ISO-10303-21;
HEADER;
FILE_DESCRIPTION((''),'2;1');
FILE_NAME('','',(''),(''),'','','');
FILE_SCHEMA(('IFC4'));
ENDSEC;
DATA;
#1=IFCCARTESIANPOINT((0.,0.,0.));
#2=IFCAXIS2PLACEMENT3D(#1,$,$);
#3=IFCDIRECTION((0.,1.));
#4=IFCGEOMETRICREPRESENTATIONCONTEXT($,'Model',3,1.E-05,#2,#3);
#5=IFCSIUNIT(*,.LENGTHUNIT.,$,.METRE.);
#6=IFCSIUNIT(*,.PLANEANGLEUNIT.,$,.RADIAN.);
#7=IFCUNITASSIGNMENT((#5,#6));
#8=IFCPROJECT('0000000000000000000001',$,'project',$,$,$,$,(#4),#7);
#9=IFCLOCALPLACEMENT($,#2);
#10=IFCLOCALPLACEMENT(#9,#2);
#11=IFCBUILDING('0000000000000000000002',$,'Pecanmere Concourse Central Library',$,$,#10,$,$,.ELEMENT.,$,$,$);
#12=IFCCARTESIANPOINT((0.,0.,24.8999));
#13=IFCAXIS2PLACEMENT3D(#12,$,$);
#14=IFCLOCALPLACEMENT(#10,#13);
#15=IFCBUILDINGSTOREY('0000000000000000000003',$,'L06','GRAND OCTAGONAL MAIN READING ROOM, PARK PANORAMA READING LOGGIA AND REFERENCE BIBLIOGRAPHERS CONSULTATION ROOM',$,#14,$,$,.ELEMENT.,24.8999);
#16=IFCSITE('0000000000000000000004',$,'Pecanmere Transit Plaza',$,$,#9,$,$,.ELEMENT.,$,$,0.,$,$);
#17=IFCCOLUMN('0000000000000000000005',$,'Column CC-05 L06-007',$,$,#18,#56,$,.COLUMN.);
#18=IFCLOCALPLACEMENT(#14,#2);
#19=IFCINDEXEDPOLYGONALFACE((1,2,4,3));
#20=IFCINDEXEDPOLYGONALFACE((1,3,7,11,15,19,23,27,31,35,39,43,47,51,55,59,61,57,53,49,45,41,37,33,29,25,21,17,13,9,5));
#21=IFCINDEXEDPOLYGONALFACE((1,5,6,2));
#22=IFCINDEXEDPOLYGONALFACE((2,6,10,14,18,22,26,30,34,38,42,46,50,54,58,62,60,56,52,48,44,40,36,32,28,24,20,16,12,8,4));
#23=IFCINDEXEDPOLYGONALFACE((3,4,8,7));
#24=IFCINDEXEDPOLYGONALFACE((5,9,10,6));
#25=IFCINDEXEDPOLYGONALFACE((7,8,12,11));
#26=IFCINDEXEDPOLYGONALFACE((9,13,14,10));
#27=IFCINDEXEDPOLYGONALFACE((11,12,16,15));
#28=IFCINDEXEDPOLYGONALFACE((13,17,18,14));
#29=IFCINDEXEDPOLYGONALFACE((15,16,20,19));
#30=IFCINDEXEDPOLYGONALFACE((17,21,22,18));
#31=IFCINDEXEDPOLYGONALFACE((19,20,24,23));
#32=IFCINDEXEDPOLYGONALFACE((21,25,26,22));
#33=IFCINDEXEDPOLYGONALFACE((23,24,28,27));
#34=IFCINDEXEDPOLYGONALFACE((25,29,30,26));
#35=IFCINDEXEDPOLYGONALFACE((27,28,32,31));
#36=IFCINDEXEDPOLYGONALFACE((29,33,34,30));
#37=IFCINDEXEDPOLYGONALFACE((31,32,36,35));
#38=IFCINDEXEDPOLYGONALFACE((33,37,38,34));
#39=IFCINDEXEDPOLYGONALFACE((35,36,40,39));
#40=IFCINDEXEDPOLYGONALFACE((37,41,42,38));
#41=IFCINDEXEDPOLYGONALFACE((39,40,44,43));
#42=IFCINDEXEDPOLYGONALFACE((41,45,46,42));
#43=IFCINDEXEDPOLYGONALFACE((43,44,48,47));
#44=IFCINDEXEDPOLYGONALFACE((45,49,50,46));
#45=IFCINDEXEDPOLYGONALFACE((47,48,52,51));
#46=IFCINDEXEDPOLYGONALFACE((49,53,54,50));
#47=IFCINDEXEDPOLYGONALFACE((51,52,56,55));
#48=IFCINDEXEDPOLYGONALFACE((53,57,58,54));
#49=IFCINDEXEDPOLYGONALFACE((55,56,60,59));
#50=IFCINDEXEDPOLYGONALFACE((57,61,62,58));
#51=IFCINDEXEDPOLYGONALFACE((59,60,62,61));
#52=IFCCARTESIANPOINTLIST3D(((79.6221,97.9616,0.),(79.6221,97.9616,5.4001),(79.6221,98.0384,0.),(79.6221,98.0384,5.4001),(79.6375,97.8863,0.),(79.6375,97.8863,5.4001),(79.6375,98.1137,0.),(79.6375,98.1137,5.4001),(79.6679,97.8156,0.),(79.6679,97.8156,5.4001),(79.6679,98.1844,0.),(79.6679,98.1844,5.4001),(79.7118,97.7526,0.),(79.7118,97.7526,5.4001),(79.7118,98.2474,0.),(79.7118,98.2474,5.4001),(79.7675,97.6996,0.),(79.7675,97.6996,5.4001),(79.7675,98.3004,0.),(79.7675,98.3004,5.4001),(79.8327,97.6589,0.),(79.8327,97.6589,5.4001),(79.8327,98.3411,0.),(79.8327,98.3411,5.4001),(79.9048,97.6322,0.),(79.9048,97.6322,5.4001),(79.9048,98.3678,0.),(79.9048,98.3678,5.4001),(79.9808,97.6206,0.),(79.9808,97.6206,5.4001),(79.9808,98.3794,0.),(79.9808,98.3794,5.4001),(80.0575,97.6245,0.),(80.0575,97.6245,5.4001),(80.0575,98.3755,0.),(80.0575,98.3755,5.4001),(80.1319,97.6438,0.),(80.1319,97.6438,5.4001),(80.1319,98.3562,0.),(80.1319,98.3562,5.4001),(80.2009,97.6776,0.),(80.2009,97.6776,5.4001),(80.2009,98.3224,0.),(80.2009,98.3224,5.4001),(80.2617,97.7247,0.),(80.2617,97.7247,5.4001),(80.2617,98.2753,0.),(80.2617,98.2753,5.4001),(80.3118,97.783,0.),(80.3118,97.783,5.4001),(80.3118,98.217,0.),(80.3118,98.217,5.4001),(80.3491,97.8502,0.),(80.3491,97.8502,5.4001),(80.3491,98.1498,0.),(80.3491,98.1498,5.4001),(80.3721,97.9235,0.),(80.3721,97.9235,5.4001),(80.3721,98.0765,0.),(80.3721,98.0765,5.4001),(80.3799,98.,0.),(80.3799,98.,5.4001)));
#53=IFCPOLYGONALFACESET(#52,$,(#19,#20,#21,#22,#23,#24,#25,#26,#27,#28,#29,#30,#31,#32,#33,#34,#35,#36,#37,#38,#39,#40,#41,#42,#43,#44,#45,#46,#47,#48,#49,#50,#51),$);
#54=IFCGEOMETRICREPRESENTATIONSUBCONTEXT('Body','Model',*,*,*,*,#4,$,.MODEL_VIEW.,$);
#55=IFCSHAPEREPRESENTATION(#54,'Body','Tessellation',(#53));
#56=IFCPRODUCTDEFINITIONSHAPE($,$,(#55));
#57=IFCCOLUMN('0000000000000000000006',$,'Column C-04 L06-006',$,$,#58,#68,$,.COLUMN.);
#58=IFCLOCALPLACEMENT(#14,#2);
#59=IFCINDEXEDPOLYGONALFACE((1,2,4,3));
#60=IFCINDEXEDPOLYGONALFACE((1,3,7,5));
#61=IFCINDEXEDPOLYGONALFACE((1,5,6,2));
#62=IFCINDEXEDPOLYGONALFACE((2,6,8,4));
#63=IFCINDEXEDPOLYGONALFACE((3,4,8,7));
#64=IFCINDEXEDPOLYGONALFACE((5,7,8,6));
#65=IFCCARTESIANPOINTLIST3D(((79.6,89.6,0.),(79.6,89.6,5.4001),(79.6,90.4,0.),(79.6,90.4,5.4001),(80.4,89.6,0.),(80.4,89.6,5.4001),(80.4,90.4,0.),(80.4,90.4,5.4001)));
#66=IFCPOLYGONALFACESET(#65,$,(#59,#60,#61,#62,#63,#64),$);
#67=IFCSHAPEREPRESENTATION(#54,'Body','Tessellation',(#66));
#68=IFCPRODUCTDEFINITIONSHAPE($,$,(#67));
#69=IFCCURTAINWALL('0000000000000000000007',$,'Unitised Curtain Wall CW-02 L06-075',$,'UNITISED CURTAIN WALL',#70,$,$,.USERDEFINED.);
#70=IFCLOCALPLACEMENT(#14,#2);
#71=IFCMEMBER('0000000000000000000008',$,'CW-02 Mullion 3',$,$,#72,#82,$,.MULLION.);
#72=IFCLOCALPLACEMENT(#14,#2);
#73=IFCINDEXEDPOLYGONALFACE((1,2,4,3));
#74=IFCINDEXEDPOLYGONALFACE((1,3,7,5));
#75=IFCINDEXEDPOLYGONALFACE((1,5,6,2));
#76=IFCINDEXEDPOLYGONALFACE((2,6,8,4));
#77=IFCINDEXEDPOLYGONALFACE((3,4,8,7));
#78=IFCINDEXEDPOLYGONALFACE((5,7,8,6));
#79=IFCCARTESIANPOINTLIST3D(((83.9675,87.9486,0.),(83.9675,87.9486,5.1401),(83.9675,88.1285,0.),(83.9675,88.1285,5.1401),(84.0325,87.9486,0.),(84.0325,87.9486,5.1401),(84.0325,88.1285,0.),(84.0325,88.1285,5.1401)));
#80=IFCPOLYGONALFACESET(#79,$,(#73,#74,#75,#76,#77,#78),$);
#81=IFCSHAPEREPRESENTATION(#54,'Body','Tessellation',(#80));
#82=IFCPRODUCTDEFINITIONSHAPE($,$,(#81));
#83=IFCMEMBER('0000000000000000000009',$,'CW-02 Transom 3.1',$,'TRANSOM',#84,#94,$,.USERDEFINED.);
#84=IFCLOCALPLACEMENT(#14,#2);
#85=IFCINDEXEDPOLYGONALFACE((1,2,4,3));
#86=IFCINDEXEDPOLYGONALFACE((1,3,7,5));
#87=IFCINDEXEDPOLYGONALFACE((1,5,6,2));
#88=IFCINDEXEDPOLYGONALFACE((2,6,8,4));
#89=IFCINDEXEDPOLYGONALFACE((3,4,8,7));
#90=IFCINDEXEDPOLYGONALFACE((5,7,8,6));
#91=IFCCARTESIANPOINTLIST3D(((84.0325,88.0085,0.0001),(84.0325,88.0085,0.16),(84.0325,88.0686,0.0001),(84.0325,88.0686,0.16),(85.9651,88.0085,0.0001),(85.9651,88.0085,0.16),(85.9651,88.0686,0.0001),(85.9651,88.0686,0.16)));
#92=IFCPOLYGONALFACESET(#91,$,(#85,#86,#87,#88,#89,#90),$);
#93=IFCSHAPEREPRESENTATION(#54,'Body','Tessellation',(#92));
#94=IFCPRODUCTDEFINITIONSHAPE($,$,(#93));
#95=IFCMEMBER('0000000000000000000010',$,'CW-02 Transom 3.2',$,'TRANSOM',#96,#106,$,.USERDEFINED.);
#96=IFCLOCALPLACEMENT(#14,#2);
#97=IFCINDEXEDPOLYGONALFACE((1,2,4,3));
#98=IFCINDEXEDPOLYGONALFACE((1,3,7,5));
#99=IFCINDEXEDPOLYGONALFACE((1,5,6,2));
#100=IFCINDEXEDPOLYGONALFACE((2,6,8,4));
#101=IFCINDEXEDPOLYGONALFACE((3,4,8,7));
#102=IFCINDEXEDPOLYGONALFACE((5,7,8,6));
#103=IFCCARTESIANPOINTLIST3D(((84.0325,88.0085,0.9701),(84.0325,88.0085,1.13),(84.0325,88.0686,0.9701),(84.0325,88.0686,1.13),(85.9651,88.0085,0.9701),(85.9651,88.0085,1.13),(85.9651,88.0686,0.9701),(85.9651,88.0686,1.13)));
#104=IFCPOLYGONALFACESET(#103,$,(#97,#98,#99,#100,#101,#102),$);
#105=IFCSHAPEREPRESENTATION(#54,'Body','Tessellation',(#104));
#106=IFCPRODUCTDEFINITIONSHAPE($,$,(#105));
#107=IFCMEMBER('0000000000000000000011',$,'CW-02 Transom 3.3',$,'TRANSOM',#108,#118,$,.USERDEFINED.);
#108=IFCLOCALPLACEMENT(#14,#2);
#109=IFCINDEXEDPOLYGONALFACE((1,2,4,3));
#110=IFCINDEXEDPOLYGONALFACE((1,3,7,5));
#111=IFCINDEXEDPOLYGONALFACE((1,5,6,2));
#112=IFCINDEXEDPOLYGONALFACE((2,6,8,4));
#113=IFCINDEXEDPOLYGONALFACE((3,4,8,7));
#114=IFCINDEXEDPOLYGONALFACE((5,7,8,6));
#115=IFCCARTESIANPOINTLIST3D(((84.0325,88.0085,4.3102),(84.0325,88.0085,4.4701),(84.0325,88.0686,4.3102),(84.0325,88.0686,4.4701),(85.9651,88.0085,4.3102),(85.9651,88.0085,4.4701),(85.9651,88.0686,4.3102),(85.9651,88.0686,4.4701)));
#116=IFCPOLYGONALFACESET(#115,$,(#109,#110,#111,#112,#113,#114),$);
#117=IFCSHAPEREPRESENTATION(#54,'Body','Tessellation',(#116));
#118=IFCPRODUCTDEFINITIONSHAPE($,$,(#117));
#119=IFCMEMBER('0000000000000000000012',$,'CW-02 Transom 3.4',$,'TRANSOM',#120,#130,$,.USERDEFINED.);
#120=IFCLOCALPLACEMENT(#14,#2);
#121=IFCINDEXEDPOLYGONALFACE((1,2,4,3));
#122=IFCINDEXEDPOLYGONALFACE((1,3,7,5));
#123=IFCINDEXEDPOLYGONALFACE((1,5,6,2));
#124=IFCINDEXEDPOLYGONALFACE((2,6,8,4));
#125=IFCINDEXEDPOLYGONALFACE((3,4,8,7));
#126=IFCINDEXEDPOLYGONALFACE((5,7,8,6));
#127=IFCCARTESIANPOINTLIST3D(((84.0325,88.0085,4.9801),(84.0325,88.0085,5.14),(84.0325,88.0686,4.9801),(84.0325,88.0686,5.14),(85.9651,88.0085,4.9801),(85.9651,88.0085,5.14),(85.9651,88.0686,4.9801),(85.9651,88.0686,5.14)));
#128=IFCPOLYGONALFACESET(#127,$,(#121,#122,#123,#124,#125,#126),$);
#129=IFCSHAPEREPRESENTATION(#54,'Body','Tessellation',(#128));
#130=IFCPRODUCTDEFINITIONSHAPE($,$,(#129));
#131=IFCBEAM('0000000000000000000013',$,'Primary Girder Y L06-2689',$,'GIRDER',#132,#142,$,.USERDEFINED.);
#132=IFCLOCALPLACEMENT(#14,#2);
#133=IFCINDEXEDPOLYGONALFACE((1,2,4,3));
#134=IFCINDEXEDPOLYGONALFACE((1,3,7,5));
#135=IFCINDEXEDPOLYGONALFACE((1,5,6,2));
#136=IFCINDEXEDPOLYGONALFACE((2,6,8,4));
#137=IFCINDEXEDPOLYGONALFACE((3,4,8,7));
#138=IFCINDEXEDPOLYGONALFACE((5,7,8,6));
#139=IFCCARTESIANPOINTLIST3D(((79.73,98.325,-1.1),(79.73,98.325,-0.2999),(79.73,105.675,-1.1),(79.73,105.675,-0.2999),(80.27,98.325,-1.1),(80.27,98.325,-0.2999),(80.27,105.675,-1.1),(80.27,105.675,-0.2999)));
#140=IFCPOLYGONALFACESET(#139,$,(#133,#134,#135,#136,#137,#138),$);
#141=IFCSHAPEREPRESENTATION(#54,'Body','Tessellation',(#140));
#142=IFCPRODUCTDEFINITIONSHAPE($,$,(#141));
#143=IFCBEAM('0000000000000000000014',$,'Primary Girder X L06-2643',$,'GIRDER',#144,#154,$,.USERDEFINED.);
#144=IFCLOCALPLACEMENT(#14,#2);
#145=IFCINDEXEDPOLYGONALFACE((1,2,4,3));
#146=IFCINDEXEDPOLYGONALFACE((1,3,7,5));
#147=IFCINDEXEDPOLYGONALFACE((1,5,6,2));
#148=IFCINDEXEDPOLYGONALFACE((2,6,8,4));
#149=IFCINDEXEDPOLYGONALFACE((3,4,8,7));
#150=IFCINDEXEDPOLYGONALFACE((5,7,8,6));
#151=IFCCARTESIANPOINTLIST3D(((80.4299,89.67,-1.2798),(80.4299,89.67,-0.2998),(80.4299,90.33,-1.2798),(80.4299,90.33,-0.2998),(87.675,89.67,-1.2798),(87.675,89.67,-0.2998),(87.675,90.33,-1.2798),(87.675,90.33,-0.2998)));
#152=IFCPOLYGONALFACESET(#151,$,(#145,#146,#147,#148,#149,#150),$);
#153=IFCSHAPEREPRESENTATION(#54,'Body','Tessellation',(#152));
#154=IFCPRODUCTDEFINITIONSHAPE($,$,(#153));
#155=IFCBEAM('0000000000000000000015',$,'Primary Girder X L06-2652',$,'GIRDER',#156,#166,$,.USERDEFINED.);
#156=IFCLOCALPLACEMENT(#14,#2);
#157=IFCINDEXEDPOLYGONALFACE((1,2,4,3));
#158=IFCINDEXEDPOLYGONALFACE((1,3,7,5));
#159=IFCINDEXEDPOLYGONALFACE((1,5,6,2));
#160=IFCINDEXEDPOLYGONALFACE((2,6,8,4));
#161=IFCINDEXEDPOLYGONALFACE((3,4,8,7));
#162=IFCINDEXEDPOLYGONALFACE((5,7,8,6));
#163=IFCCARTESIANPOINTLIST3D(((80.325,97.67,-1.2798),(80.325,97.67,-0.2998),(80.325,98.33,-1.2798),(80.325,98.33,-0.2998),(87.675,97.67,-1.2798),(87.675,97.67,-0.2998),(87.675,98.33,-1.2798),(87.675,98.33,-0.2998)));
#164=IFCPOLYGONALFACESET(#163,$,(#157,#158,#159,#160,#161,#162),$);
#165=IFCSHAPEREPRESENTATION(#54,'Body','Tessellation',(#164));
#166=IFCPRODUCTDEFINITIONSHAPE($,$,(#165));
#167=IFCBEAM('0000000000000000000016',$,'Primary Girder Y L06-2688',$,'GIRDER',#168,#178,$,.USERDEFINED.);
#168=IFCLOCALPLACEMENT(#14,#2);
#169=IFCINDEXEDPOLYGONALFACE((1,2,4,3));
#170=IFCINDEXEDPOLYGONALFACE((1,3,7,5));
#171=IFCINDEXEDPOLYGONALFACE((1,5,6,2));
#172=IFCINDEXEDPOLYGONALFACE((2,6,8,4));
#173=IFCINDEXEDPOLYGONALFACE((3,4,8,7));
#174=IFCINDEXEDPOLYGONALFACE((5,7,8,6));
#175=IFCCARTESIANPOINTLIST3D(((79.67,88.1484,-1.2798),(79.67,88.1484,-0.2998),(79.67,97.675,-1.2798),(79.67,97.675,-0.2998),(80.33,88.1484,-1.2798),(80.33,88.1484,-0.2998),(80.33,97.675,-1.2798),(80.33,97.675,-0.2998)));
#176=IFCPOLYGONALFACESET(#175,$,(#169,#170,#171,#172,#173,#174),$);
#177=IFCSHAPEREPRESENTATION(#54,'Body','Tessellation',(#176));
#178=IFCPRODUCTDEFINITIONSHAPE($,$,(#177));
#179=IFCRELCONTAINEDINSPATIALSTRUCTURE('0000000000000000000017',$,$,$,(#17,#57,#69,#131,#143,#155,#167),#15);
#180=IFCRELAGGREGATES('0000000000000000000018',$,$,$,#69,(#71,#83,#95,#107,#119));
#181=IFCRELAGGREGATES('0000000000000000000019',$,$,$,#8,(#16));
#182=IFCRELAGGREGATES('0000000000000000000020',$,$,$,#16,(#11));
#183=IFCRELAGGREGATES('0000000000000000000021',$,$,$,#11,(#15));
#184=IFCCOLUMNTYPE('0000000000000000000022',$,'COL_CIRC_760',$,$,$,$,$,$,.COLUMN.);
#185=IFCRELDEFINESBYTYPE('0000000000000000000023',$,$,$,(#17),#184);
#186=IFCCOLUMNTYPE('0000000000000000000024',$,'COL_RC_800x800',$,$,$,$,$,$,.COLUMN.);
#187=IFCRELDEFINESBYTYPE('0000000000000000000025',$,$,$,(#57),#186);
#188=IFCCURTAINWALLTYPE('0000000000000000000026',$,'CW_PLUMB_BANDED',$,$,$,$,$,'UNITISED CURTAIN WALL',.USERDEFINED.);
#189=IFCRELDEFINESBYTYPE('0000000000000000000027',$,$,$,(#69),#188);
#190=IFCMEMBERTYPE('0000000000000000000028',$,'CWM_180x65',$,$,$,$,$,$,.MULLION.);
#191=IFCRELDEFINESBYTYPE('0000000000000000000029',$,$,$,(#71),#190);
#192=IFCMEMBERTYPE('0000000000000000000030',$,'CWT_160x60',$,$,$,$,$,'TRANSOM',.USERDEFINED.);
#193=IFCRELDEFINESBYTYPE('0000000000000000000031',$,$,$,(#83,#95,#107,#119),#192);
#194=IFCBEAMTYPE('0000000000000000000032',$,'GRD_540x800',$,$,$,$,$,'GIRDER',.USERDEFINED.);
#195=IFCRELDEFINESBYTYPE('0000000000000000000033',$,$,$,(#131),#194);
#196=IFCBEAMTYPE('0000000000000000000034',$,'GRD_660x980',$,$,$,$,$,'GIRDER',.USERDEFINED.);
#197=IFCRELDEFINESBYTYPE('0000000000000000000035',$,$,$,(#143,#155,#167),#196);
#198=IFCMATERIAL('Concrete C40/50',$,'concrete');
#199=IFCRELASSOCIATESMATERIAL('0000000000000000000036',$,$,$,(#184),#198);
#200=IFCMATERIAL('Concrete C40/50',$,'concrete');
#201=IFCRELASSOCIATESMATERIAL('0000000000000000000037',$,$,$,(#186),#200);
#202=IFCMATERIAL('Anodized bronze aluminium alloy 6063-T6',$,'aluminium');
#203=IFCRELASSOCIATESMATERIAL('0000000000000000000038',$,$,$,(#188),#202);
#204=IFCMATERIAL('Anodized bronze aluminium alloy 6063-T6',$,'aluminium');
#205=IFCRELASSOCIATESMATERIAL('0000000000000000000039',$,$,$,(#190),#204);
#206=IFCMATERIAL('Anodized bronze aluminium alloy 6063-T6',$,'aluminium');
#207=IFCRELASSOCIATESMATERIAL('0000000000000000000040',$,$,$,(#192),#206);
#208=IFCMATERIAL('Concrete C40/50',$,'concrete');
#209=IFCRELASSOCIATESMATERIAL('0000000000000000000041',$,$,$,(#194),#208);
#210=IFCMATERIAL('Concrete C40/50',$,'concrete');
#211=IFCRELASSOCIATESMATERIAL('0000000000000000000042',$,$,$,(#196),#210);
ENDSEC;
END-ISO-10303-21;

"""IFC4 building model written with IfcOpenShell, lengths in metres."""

from ifc_helpers import new_model, si_unit, direction, frame, origin, origin_2d, place, context, subcontext, project, spatial, rectangle, circle, extrude, material, material_profile, profile_set, type_object, element, aggregate, save


model = new_model("IFC4")

# Units and contexts
model_context = context("Model", 3, precision=1e-05, world=origin(), true_north=direction((0.0, 1.0)))
body_context = subcontext(model_context, "Body", "Model", "MODEL_VIEW")
ifc_project = project(units=[si_unit("LENGTHUNIT", "METRE"), si_unit("PLANEANGLEUNIT", "RADIAN")], contexts=[model_context])

# Site, building, storey
site_placement = place(None, origin())
site = spatial("IfcSite", under=ifc_project, at=site_placement, Name="Pecanmere Transit Plaza", CompositionType="ELEMENT", RefElevation=0.0)
building_placement = place(site_placement, origin())
building = spatial("IfcBuilding", under=site, at=building_placement, Name="Pecanmere Concourse Central Library", CompositionType="ELEMENT")
storey_placement = place(building_placement, frame((0.0, 0.0, 24.8999)))
storey = spatial("IfcBuildingStorey", under=building, at=storey_placement, Name="L06", Description="GRAND OCTAGONAL MAIN READING ROOM, PARK PANORAMA READING LOGGIA AND REFERENCE BIBLIOGRAPHERS CONSULTATION ROOM", CompositionType="ELEMENT", Elevation=24.8999)

# Columns
ifc_material_1 = material(Name="Concrete C40/50", Category="concrete")
ifc_material_profile_1 = material_profile(ifc_material_1, circle(Radius=0.3799, at=origin_2d()), Name="RC D760")
ifc_profile_set_1 = profile_set([ifc_material_profile_1], Name="Concrete C40/50")
column_type_1 = type_object("IfcColumnType", Name="COL_CIRC_760", PredefinedType="COLUMN", material=ifc_profile_set_1)
column_1_placement = place(storey_placement, frame((80.0, 98.0, 0.0), z_axis=(0.0, 0.0, 1.0), x_axis=(1.0, 0.0, 0.0)))
element("IfcColumn", 1, at=column_1_placement, inside=storey, type_object=column_type_1, Name="Column CC-05 L06-007", PredefinedType="COLUMN", context=body_context, shape_type="SweptSolid", body=[
    extrude(circle(Radius=0.3799, at=origin_2d()), origin(), (0.0, 0.0, 1.0), 5.4001),
])
ifc_material_2 = material(Name="Concrete C40/50", Category="concrete")
ifc_material_profile_2 = material_profile(ifc_material_2, rectangle(XDim=0.8, YDim=0.8, at=origin_2d()), Name="RC 800x800")
ifc_profile_set_2 = profile_set([ifc_material_profile_2], Name="Concrete C40/50")
column_type_2 = type_object("IfcColumnType", Name="COL_RC_800x800", PredefinedType="COLUMN", material=ifc_profile_set_2)
column_2_placement = place(storey_placement, frame((80.0, 90.0, 0.0), z_axis=(0.0, 0.0, 1.0), x_axis=(1.0, 0.0, 0.0)))
element("IfcColumn", 2, at=column_2_placement, inside=storey, type_object=column_type_2, Name="Column C-04 L06-006", PredefinedType="COLUMN", context=body_context, shape_type="SweptSolid", body=[
    extrude(rectangle(XDim=0.8, YDim=0.8, at=origin_2d()), origin(), (0.0, 0.0, 1.0), 5.4001),
])

# Curtain wall, members
ifc_material_3 = material(Name="Anodized bronze aluminium alloy 6063-T6", Category="aluminium")
curtain_wall_type = type_object("IfcCurtainWallType", Name="CW_PLUMB_BANDED", ElementType="UNITISED CURTAIN WALL", PredefinedType="USERDEFINED", material=ifc_material_3)
curtain_wall_placement = place(storey_placement, origin())
curtain_wall = element("IfcCurtainWall", 3, at=curtain_wall_placement, inside=storey, type_object=curtain_wall_type, Name="Unitised Curtain Wall CW-02 L06-075", ObjectType="UNITISED CURTAIN WALL", PredefinedType="USERDEFINED")
ifc_material_4 = material(Name="Anodized bronze aluminium alloy 6063-T6", Category="aluminium")
ifc_material_profile_3 = material_profile(ifc_material_4, rectangle(XDim=0.0649, YDim=0.1799, at=origin_2d()), Name="AL 65x180")
ifc_profile_set_3 = profile_set([ifc_material_profile_3], Name="Anodized bronze aluminium alloy 6063-T6")
member_type_1 = type_object("IfcMemberType", Name="CWM_180x65", PredefinedType="MULLION", material=ifc_profile_set_3)
member_1_placement = place(storey_placement, frame((84.0, 88.0386, 0.0), z_axis=(0.0, 0.0, 1.0), x_axis=(1.0, 0.0, 0.0)))
member_1 = element("IfcMember", 4, at=member_1_placement, type_object=member_type_1, Name="CW-02 Mullion 3", PredefinedType="MULLION", context=body_context, shape_type="SweptSolid", body=[
    extrude(rectangle(XDim=0.0649, YDim=0.1799, at=origin_2d()), origin(), (0.0, 0.0, 1.0), 5.1401),
])
ifc_material_5 = material(Name="Anodized bronze aluminium alloy 6063-T6", Category="aluminium")
ifc_material_profile_4 = material_profile(ifc_material_5, rectangle(XDim=0.0601, YDim=0.1599, at=origin_2d()), Name="AL 60x160")
ifc_profile_set_4 = profile_set([ifc_material_profile_4], Name="Anodized bronze aluminium alloy 6063-T6")
member_type_2 = type_object("IfcMemberType", Name="CWT_160x60", ElementType="TRANSOM", PredefinedType="USERDEFINED", material=ifc_profile_set_4)
member_2_placement = place(storey_placement, frame((84.0325, 88.0386, 0.0801), z_axis=(1.0, 0.0, 0.0), x_axis=(0.0, 1.0, 0.0)))
member_2 = element("IfcMember", 5, at=member_2_placement, type_object=member_type_2, Name="CW-02 Transom 3.1", ObjectType="TRANSOM", PredefinedType="USERDEFINED", context=body_context, shape_type="SweptSolid", body=[
    extrude(rectangle(XDim=0.0601, YDim=0.1599, at=origin_2d()), origin(), (0.0, 0.0, 1.0), 1.9326),
])
member_3_placement = place(storey_placement, frame((84.0325, 88.0386, 1.05), z_axis=(1.0, 0.0, 0.0), x_axis=(0.0, 1.0, 0.0)))
member_3 = element("IfcMember", 6, at=member_3_placement, type_object=member_type_2, Name="CW-02 Transom 3.2", ObjectType="TRANSOM", PredefinedType="USERDEFINED", context=body_context, shape_type="SweptSolid", body=[
    extrude(rectangle(XDim=0.0601, YDim=0.1599, at=origin_2d()), origin(), (0.0, 0.0, 1.0), 1.9326),
])
member_4_placement = place(storey_placement, frame((84.0325, 88.0386, 4.3901), z_axis=(1.0, 0.0, 0.0), x_axis=(0.0, 1.0, 0.0)))
member_4 = element("IfcMember", 7, at=member_4_placement, type_object=member_type_2, Name="CW-02 Transom 3.3", ObjectType="TRANSOM", PredefinedType="USERDEFINED", context=body_context, shape_type="SweptSolid", body=[
    extrude(rectangle(XDim=0.0601, YDim=0.1599, at=origin_2d()), origin(), (0.0, 0.0, 1.0), 1.9326),
])
member_5_placement = place(storey_placement, frame((84.0325, 88.0386, 5.0601), z_axis=(1.0, 0.0, 0.0), x_axis=(0.0, 1.0, 0.0)))
member_5 = element("IfcMember", 8, at=member_5_placement, type_object=member_type_2, Name="CW-02 Transom 3.4", ObjectType="TRANSOM", PredefinedType="USERDEFINED", context=body_context, shape_type="SweptSolid", body=[
    extrude(rectangle(XDim=0.0601, YDim=0.1599, at=origin_2d()), origin(), (0.0, 0.0, 1.0), 1.9326),
])

# Beams
ifc_material_6 = material(Name="Concrete C40/50", Category="concrete")
ifc_material_profile_5 = material_profile(ifc_material_6, rectangle(XDim=0.54, YDim=0.8, at=origin_2d()), Name="RC 540x800")
ifc_profile_set_5 = profile_set([ifc_material_profile_5], Name="Concrete C40/50")
beam_type_1 = type_object("IfcBeamType", Name="GRD_540x800", ElementType="GIRDER", PredefinedType="USERDEFINED", material=ifc_profile_set_5)
beam_1_placement = place(storey_placement, frame((80.0, 98.325, -0.7), z_axis=(0.0, 1.0, 0.0), x_axis=(-1.0, 0.0, 0.0)))
element("IfcBeam", 9, at=beam_1_placement, inside=storey, type_object=beam_type_1, Name="Primary Girder Y L06-2689", ObjectType="GIRDER", PredefinedType="USERDEFINED", context=body_context, shape_type="SweptSolid", body=[
    extrude(rectangle(XDim=0.54, YDim=0.8, at=origin_2d()), origin(), (0.0, 0.0, 1.0), 7.3501),
])
ifc_material_7 = material(Name="Concrete C40/50", Category="concrete")
ifc_material_profile_6 = material_profile(ifc_material_7, rectangle(XDim=0.6599, YDim=0.98, at=origin_2d()), Name="RC 660x980")
ifc_profile_set_6 = profile_set([ifc_material_profile_6], Name="Concrete C40/50")
beam_type_2 = type_object("IfcBeamType", Name="GRD_660x980", ElementType="GIRDER", PredefinedType="USERDEFINED", material=ifc_profile_set_6)
beam_2_placement = place(storey_placement, frame((80.4299, 90.0, -0.7898), z_axis=(1.0, 0.0, 0.0), x_axis=(0.0, 1.0, 0.0)))
element("IfcBeam", 10, at=beam_2_placement, inside=storey, type_object=beam_type_2, Name="Primary Girder X L06-2643", ObjectType="GIRDER", PredefinedType="USERDEFINED", context=body_context, shape_type="SweptSolid", body=[
    extrude(rectangle(XDim=0.6599, YDim=0.98, at=origin_2d()), origin(), (0.0, 0.0, 1.0), 7.2451),
])
beam_3_placement = place(storey_placement, frame((80.325, 98.0, -0.7898), z_axis=(1.0, 0.0, 0.0), x_axis=(0.0, 1.0, 0.0)))
element("IfcBeam", 11, at=beam_3_placement, inside=storey, type_object=beam_type_2, Name="Primary Girder X L06-2652", ObjectType="GIRDER", PredefinedType="USERDEFINED", context=body_context, shape_type="SweptSolid", body=[
    extrude(rectangle(XDim=0.6599, YDim=0.98, at=origin_2d()), origin(), (0.0, 0.0, 1.0), 7.3501),
])
beam_4_placement = place(storey_placement, frame((80.0, 88.1484, -0.7898), z_axis=(0.0, 1.0, 0.0), x_axis=(-1.0, 0.0, 0.0)))
element("IfcBeam", 12, at=beam_4_placement, inside=storey, type_object=beam_type_2, Name="Primary Girder Y L06-2688", ObjectType="GIRDER", PredefinedType="USERDEFINED", context=body_context, shape_type="SweptSolid", body=[
    extrude(rectangle(XDim=0.6599, YDim=0.98, at=origin_2d()), origin(), (0.0, 0.0, 1.0), 9.5266),
])

aggregate(curtain_wall, [member_1, member_2, member_3, member_4, member_5])

save(model, "model.ifc")
